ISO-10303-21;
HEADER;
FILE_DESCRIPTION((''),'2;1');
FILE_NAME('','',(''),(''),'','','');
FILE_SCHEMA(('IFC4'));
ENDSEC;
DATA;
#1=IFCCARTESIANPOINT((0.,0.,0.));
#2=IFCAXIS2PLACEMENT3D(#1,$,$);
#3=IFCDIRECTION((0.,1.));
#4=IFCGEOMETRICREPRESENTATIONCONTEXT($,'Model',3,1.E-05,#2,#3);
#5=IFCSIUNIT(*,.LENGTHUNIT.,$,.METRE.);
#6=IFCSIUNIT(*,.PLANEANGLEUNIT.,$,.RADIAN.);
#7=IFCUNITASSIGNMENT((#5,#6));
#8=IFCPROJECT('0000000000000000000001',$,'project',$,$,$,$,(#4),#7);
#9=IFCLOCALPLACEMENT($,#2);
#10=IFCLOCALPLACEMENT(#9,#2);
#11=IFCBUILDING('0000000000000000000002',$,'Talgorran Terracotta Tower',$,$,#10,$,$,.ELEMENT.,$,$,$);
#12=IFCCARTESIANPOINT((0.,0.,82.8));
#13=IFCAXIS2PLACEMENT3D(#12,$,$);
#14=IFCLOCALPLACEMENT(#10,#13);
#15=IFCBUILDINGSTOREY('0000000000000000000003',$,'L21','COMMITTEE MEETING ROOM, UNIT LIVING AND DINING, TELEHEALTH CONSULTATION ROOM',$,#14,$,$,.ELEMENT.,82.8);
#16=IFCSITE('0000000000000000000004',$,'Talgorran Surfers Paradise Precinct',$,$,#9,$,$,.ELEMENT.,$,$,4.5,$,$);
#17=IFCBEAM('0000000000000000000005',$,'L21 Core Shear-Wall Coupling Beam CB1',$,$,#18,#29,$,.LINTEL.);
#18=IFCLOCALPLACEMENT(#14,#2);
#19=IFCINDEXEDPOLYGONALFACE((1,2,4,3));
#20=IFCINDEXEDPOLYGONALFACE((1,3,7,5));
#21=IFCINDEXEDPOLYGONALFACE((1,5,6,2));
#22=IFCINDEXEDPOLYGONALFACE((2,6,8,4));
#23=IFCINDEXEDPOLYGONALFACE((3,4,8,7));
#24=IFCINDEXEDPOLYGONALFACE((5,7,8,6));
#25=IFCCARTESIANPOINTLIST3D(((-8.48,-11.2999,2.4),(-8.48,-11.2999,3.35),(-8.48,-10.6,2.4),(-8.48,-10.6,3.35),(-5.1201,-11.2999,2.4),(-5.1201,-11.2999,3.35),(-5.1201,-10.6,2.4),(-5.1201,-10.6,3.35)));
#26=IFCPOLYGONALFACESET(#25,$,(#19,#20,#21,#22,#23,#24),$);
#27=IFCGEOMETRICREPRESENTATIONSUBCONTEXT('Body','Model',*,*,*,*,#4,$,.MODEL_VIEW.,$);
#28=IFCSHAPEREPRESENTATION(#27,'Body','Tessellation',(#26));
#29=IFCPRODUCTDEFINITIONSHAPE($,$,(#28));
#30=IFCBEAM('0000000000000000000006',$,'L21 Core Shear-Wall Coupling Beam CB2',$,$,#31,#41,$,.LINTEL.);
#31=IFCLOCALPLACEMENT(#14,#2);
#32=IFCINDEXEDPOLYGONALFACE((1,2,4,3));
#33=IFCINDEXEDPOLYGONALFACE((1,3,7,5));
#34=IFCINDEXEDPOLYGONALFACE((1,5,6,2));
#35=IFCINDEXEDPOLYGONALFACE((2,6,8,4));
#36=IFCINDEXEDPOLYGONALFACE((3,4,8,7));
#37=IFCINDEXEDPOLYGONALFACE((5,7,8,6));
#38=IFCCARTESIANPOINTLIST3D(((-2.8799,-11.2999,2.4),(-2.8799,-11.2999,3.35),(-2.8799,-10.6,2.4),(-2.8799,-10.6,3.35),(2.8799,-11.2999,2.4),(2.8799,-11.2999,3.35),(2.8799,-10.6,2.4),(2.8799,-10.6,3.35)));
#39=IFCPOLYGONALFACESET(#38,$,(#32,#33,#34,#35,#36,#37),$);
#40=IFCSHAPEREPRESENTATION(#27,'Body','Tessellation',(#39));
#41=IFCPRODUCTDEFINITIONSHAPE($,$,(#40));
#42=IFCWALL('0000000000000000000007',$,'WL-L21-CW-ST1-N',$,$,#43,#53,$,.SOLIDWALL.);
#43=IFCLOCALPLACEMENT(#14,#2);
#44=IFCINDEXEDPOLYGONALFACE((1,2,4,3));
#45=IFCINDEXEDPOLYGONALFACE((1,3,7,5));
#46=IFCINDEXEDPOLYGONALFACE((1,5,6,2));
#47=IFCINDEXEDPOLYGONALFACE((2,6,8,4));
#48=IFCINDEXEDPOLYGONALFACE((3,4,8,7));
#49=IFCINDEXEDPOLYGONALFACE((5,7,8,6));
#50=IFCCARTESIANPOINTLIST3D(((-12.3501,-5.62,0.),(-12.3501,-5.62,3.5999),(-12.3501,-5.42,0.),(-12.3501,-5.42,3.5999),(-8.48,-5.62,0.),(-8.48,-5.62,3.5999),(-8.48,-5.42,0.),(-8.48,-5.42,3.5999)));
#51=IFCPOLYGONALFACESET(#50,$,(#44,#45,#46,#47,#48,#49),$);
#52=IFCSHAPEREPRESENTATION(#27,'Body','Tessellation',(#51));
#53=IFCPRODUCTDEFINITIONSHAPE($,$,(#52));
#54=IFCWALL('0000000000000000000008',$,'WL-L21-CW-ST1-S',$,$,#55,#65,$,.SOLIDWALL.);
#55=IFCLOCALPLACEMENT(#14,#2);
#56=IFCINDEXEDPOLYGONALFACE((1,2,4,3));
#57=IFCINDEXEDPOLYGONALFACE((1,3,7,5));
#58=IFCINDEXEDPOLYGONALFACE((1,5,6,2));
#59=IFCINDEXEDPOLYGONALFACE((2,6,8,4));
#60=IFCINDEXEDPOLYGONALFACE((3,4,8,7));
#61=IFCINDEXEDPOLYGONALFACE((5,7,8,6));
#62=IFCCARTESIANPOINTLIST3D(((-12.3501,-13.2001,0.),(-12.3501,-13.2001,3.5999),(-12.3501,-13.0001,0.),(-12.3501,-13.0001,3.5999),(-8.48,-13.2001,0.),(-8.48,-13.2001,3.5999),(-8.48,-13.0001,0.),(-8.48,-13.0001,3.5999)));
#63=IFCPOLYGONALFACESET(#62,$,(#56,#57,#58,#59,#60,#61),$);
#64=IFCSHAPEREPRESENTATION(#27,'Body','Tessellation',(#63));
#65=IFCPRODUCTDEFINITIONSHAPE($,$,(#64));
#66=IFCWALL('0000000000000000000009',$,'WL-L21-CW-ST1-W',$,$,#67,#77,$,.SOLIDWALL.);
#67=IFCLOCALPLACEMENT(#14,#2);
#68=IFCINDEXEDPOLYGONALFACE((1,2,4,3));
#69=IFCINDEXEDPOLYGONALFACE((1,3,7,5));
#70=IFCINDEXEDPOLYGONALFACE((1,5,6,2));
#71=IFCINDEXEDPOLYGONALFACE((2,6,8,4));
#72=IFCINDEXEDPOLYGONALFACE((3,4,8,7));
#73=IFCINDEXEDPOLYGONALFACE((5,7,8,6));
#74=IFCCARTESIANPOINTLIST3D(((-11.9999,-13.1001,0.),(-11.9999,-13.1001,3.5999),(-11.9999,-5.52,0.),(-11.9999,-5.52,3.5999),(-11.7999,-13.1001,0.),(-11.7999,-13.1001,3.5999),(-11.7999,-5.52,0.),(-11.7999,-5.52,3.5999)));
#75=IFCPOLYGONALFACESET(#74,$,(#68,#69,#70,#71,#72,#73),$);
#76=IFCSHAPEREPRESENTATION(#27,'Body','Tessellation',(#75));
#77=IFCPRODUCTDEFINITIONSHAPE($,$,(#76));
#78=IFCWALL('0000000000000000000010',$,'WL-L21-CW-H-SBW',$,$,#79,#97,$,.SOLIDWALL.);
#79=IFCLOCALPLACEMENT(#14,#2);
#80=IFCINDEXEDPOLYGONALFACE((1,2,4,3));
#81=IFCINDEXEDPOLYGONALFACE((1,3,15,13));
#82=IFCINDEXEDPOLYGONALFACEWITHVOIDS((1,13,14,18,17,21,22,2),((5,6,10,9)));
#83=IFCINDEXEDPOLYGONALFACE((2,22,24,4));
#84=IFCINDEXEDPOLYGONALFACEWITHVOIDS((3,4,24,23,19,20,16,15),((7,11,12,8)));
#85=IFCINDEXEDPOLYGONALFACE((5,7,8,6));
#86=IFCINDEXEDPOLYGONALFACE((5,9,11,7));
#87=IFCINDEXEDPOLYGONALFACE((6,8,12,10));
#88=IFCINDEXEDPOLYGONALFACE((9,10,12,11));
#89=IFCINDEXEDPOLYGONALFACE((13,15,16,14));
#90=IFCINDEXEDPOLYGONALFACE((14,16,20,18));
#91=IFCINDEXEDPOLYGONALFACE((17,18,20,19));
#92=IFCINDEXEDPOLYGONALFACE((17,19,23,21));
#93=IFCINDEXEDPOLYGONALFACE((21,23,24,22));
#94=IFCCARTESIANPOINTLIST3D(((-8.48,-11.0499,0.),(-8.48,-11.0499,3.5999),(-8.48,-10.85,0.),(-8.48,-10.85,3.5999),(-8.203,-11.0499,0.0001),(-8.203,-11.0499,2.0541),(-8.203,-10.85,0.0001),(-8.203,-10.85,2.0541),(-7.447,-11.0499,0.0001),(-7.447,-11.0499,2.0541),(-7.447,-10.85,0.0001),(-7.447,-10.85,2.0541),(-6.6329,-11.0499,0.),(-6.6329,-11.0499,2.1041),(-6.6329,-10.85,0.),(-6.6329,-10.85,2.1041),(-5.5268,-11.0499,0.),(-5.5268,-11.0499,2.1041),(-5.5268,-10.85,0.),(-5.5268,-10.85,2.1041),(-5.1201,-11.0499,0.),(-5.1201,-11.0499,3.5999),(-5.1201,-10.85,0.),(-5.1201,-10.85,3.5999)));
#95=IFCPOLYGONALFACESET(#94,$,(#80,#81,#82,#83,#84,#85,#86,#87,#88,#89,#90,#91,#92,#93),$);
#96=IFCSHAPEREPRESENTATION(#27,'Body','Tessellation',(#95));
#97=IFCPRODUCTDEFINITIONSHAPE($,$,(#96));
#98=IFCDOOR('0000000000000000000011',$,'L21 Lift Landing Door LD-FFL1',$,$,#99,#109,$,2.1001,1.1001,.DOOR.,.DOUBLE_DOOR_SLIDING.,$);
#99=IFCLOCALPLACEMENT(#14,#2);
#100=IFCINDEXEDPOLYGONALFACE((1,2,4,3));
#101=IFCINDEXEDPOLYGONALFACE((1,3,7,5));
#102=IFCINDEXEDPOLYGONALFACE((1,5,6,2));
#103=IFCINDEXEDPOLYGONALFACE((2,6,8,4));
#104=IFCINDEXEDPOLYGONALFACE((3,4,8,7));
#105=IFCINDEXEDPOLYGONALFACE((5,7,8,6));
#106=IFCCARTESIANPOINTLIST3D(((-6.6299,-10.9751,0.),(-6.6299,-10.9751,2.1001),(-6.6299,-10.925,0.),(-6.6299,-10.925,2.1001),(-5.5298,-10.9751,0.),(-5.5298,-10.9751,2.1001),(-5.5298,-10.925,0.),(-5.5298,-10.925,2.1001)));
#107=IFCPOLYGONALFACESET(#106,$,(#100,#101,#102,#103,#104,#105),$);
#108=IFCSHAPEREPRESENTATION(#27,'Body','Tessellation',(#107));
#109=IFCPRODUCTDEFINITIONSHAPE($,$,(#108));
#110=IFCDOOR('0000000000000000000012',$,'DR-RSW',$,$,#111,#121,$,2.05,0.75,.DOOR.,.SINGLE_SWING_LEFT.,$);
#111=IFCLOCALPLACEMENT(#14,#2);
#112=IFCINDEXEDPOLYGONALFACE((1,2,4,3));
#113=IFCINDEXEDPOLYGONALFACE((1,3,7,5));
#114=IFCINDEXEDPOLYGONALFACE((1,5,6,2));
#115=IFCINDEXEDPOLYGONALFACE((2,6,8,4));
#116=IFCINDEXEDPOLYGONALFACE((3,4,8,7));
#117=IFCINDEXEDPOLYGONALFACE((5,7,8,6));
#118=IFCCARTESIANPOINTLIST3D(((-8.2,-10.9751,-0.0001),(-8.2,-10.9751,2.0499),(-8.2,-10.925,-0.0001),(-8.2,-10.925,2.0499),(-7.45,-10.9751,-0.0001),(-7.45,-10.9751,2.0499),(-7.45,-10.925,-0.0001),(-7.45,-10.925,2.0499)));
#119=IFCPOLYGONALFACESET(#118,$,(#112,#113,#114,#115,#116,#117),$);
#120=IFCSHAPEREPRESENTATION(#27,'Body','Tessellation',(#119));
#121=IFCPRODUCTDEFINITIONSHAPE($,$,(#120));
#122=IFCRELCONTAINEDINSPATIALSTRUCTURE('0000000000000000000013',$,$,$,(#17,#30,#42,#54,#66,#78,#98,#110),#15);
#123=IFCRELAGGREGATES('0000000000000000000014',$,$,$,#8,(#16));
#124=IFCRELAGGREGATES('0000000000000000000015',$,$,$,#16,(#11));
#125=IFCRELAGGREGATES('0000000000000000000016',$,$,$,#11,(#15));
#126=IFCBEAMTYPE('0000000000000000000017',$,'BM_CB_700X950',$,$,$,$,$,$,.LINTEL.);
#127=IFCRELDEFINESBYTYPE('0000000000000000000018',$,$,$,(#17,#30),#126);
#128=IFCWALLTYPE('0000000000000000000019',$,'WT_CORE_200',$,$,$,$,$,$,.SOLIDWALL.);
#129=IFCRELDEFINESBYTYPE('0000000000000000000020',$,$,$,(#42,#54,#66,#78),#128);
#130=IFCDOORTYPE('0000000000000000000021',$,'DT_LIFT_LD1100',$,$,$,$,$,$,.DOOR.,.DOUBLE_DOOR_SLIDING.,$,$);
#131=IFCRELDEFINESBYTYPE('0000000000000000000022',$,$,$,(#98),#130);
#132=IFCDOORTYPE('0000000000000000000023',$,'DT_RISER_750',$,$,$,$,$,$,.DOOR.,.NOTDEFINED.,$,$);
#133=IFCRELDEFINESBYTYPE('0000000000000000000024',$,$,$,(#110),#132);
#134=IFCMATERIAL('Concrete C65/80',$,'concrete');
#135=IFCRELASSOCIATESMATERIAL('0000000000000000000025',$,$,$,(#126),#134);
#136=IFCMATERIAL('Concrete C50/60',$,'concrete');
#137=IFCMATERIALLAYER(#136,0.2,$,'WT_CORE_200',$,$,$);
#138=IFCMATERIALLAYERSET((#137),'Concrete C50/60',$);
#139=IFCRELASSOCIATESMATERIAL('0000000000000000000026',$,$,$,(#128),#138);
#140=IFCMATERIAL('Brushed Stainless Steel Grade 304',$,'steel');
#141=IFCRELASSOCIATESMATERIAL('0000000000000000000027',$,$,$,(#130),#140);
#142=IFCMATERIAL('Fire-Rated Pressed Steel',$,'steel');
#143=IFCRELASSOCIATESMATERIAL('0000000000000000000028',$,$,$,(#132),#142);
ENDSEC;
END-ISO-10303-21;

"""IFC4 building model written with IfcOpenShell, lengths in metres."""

from ifc_helpers import new_model, si_unit, direction, frame, frame_2d, origin, origin_2d, place, context, subcontext, project, spatial, rectangle, extrude, material, layer, layer_set, material_profile, profile_set, type_object, element, fill, save


model = new_model("IFC4")

# Units and contexts
model_context = context("Model", 3, precision=1e-05, world=origin(), true_north=direction((0.0, 1.0)))
body_context = subcontext(model_context, "Body", "Model", "MODEL_VIEW")
ifc_project = project(units=[si_unit("LENGTHUNIT", "METRE"), si_unit("PLANEANGLEUNIT", "RADIAN")], contexts=[model_context])

# Site, building, storey
site_placement = place(None, origin())
site = spatial("IfcSite", under=ifc_project, at=site_placement, Name="Talgorran Surfers Paradise Precinct", CompositionType="ELEMENT", RefElevation=4.5)
building_placement = place(site_placement, origin())
building = spatial("IfcBuilding", under=site, at=building_placement, Name="Talgorran Terracotta Tower", CompositionType="ELEMENT")
storey_placement = place(building_placement, frame((0.0, 0.0, 82.8)))
storey = spatial("IfcBuildingStorey", under=building, at=storey_placement, Name="L21", Description="COMMITTEE MEETING ROOM, UNIT LIVING AND DINING, TELEHEALTH CONSULTATION ROOM", CompositionType="ELEMENT", Elevation=82.8)

# Beams
ifc_material_1 = material(Name="Concrete C65/80", Category="concrete")
ifc_material_profile = material_profile(ifc_material_1, rectangle(XDim=0.7, YDim=0.95, at=origin_2d()), Name="RCCB700X950")
ifc_profile_set = profile_set([ifc_material_profile], Name="Concrete C65/80")
beam_type = type_object("IfcBeamType", Name="BM_CB_700X950", PredefinedType="LINTEL", material=ifc_profile_set)
beam_1_placement = place(storey_placement, frame((-8.48, -10.95, 2.875), z_axis=(1.0, 0.0, 0.0), x_axis=(0.0, 1.0, 0.0)))
element("IfcBeam", 1, at=beam_1_placement, inside=storey, type_object=beam_type, Name="L21 Core Shear-Wall Coupling Beam CB1", PredefinedType="LINTEL", context=body_context, shape_type="SweptSolid", body=[
    extrude(rectangle(XDim=0.7, YDim=0.95, at=origin_2d()), origin(), (0.0, 0.0, 1.0), 3.3599),
])
beam_2_placement = place(storey_placement, frame((-2.8799, -10.95, 2.875), z_axis=(1.0, 0.0, 0.0), x_axis=(0.0, 1.0, 0.0)))
element("IfcBeam", 2, at=beam_2_placement, inside=storey, type_object=beam_type, Name="L21 Core Shear-Wall Coupling Beam CB2", PredefinedType="LINTEL", context=body_context, shape_type="SweptSolid", body=[
    extrude(rectangle(XDim=0.7, YDim=0.95, at=origin_2d()), origin(), (0.0, 0.0, 1.0), 5.7598),
])

# Walls
ifc_material_2 = material(Name="Concrete C50/60", Category="concrete")
ifc_layer_1 = layer(ifc_material_2, 0.2, Name="WT_CORE_200")
ifc_layer_set_1 = layer_set([ifc_layer_1], Name="Concrete C50/60")
wall_type_1 = type_object("IfcWallType", Name="WT_CORE_200", PredefinedType="SOLIDWALL", material=ifc_layer_set_1)
for number, where, z_axis, x_axis, name in (
    (3, (-12.3501, -5.52, 0.0), (0.0, 0.0, 1.0), (1.0, 0.0, 0.0), "WL-L21-CW-ST1-N"),
    (4, (-12.3501, -13.1001, 0.0), (0.0, 0.0, 1.0), (1.0, 0.0, 0.0), "WL-L21-CW-ST1-S"),
):
    element("IfcWall", number, at=place(storey_placement, frame(where, z_axis=z_axis, x_axis=x_axis)), inside=storey, type_object=wall_type_1, Name=name, PredefinedType="SOLIDWALL", context=body_context, shape_type="SweptSolid", body=[
        extrude(rectangle(XDim=3.8701, YDim=0.2, at=frame_2d((1.9351, 0.0))), origin(), (0.0, 0.0, 1.0), 3.5999),
    ])
wall_1_placement = place(storey_placement, frame((-11.8999, -13.1001, 0.0), z_axis=(0.0, 0.0, 1.0), x_axis=(0.0, 1.0, 0.0)))
element("IfcWall", 5, at=wall_1_placement, inside=storey, type_object=wall_type_1, Name="WL-L21-CW-ST1-W", PredefinedType="SOLIDWALL", context=body_context, shape_type="SweptSolid", body=[
    extrude(rectangle(XDim=7.5801, YDim=0.2, at=frame_2d((3.79, 0.0))), origin(), (0.0, 0.0, 1.0), 3.5999),
])

# Wall, openings, doors
wall_2_placement = place(storey_placement, frame((-8.48, -10.95, 0.0), z_axis=(0.0, 0.0, 1.0), x_axis=(1.0, 0.0, 0.0)))
wall_2 = element("IfcWall", 6, at=wall_2_placement, inside=storey, type_object=wall_type_1, Name="WL-L21-CW-H-SBW", PredefinedType="SOLIDWALL", context=body_context, shape_type="SweptSolid", body=[
    extrude(rectangle(XDim=3.3599, YDim=0.2, at=frame_2d((1.6799, 0.0))), origin(), (0.0, 0.0, 1.0), 3.5999),
])
opening_1_placement = place(wall_2_placement, frame((0.28, 0.0, 0.0)))
opening_1 = element("IfcOpeningElement", 7, at=opening_1_placement, cuts=wall_2, PredefinedType="OPENING", context=body_context, shape_type="SweptSolid", body=[
    extrude(rectangle(XDim=0.756, YDim=2.054, at=frame_2d((0.375, 1.0271))), frame((0.0, 0.1099, 0.0), z_axis=(0.0, -1.0, 0.0), x_axis=(1.0, 0.0, 0.0)), (0.0, 0.0, 1.0), 0.22),
])
opening_2_placement = place(wall_2_placement, frame((1.8501, 0.0, 0.0)))
opening_2 = element("IfcOpeningElement", 8, at=opening_2_placement, cuts=wall_2, PredefinedType="OPENING", context=body_context, shape_type="SweptSolid", body=[
    extrude(rectangle(XDim=1.1061, YDim=2.1041, at=frame_2d((0.55, 1.052))), frame((0.0, 0.1099, 0.0), z_axis=(0.0, -1.0, 0.0), x_axis=(1.0, 0.0, 0.0)), (0.0, 0.0, 1.0), 0.22),
])
ifc_material_3 = material(Name="Brushed Stainless Steel Grade 304", Category="steel")
door_type_1 = type_object("IfcDoorType", Name="DT_LIFT_LD1100", OperationType="DOUBLE_DOOR_SLIDING", PredefinedType="DOOR", material=ifc_material_3)
door_1_placement = place(opening_2_placement, origin())
door_1 = element("IfcDoor", 9, at=door_1_placement, inside=storey, type_object=door_type_1, Name="L21 Lift Landing Door LD-FFL1", OperationType="DOUBLE_DOOR_SLIDING", OverallHeight=2.1001, OverallWidth=1.1001, PredefinedType="DOOR", context=body_context, shape_type="SweptSolid", body=[
    extrude(rectangle(XDim=1.1001, YDim=2.1001, at=frame_2d((0.55, 1.05))), frame((0.0, 0.0249, 0.0), z_axis=(0.0, -1.0, 0.0), x_axis=(1.0, 0.0, 0.0)), (0.0, 0.0, 1.0), 0.05),
])
fill(opening_2, door_1)
ifc_material_4 = material(Name="Fire-Rated Pressed Steel", Category="steel")
door_type_2 = type_object("IfcDoorType", Name="DT_RISER_750", OperationType="NOTDEFINED", PredefinedType="DOOR", material=ifc_material_4)
door_2_placement = place(opening_1_placement, origin())
door_2 = element("IfcDoor", 10, at=door_2_placement, inside=storey, type_object=door_type_2, Name="DR-RSW", OperationType="SINGLE_SWING_LEFT", OverallHeight=2.05, OverallWidth=0.75, PredefinedType="DOOR", context=body_context, shape_type="SweptSolid", body=[
    extrude(rectangle(XDim=0.75, YDim=2.05, at=frame_2d((0.375, 1.0249))), frame((0.0, 0.0249, 0.0), z_axis=(0.0, -1.0, 0.0), x_axis=(1.0, 0.0, 0.0)), (0.0, 0.0, 1.0), 0.05),
])
fill(opening_1, door_2)

save(model, "model.ifc")
